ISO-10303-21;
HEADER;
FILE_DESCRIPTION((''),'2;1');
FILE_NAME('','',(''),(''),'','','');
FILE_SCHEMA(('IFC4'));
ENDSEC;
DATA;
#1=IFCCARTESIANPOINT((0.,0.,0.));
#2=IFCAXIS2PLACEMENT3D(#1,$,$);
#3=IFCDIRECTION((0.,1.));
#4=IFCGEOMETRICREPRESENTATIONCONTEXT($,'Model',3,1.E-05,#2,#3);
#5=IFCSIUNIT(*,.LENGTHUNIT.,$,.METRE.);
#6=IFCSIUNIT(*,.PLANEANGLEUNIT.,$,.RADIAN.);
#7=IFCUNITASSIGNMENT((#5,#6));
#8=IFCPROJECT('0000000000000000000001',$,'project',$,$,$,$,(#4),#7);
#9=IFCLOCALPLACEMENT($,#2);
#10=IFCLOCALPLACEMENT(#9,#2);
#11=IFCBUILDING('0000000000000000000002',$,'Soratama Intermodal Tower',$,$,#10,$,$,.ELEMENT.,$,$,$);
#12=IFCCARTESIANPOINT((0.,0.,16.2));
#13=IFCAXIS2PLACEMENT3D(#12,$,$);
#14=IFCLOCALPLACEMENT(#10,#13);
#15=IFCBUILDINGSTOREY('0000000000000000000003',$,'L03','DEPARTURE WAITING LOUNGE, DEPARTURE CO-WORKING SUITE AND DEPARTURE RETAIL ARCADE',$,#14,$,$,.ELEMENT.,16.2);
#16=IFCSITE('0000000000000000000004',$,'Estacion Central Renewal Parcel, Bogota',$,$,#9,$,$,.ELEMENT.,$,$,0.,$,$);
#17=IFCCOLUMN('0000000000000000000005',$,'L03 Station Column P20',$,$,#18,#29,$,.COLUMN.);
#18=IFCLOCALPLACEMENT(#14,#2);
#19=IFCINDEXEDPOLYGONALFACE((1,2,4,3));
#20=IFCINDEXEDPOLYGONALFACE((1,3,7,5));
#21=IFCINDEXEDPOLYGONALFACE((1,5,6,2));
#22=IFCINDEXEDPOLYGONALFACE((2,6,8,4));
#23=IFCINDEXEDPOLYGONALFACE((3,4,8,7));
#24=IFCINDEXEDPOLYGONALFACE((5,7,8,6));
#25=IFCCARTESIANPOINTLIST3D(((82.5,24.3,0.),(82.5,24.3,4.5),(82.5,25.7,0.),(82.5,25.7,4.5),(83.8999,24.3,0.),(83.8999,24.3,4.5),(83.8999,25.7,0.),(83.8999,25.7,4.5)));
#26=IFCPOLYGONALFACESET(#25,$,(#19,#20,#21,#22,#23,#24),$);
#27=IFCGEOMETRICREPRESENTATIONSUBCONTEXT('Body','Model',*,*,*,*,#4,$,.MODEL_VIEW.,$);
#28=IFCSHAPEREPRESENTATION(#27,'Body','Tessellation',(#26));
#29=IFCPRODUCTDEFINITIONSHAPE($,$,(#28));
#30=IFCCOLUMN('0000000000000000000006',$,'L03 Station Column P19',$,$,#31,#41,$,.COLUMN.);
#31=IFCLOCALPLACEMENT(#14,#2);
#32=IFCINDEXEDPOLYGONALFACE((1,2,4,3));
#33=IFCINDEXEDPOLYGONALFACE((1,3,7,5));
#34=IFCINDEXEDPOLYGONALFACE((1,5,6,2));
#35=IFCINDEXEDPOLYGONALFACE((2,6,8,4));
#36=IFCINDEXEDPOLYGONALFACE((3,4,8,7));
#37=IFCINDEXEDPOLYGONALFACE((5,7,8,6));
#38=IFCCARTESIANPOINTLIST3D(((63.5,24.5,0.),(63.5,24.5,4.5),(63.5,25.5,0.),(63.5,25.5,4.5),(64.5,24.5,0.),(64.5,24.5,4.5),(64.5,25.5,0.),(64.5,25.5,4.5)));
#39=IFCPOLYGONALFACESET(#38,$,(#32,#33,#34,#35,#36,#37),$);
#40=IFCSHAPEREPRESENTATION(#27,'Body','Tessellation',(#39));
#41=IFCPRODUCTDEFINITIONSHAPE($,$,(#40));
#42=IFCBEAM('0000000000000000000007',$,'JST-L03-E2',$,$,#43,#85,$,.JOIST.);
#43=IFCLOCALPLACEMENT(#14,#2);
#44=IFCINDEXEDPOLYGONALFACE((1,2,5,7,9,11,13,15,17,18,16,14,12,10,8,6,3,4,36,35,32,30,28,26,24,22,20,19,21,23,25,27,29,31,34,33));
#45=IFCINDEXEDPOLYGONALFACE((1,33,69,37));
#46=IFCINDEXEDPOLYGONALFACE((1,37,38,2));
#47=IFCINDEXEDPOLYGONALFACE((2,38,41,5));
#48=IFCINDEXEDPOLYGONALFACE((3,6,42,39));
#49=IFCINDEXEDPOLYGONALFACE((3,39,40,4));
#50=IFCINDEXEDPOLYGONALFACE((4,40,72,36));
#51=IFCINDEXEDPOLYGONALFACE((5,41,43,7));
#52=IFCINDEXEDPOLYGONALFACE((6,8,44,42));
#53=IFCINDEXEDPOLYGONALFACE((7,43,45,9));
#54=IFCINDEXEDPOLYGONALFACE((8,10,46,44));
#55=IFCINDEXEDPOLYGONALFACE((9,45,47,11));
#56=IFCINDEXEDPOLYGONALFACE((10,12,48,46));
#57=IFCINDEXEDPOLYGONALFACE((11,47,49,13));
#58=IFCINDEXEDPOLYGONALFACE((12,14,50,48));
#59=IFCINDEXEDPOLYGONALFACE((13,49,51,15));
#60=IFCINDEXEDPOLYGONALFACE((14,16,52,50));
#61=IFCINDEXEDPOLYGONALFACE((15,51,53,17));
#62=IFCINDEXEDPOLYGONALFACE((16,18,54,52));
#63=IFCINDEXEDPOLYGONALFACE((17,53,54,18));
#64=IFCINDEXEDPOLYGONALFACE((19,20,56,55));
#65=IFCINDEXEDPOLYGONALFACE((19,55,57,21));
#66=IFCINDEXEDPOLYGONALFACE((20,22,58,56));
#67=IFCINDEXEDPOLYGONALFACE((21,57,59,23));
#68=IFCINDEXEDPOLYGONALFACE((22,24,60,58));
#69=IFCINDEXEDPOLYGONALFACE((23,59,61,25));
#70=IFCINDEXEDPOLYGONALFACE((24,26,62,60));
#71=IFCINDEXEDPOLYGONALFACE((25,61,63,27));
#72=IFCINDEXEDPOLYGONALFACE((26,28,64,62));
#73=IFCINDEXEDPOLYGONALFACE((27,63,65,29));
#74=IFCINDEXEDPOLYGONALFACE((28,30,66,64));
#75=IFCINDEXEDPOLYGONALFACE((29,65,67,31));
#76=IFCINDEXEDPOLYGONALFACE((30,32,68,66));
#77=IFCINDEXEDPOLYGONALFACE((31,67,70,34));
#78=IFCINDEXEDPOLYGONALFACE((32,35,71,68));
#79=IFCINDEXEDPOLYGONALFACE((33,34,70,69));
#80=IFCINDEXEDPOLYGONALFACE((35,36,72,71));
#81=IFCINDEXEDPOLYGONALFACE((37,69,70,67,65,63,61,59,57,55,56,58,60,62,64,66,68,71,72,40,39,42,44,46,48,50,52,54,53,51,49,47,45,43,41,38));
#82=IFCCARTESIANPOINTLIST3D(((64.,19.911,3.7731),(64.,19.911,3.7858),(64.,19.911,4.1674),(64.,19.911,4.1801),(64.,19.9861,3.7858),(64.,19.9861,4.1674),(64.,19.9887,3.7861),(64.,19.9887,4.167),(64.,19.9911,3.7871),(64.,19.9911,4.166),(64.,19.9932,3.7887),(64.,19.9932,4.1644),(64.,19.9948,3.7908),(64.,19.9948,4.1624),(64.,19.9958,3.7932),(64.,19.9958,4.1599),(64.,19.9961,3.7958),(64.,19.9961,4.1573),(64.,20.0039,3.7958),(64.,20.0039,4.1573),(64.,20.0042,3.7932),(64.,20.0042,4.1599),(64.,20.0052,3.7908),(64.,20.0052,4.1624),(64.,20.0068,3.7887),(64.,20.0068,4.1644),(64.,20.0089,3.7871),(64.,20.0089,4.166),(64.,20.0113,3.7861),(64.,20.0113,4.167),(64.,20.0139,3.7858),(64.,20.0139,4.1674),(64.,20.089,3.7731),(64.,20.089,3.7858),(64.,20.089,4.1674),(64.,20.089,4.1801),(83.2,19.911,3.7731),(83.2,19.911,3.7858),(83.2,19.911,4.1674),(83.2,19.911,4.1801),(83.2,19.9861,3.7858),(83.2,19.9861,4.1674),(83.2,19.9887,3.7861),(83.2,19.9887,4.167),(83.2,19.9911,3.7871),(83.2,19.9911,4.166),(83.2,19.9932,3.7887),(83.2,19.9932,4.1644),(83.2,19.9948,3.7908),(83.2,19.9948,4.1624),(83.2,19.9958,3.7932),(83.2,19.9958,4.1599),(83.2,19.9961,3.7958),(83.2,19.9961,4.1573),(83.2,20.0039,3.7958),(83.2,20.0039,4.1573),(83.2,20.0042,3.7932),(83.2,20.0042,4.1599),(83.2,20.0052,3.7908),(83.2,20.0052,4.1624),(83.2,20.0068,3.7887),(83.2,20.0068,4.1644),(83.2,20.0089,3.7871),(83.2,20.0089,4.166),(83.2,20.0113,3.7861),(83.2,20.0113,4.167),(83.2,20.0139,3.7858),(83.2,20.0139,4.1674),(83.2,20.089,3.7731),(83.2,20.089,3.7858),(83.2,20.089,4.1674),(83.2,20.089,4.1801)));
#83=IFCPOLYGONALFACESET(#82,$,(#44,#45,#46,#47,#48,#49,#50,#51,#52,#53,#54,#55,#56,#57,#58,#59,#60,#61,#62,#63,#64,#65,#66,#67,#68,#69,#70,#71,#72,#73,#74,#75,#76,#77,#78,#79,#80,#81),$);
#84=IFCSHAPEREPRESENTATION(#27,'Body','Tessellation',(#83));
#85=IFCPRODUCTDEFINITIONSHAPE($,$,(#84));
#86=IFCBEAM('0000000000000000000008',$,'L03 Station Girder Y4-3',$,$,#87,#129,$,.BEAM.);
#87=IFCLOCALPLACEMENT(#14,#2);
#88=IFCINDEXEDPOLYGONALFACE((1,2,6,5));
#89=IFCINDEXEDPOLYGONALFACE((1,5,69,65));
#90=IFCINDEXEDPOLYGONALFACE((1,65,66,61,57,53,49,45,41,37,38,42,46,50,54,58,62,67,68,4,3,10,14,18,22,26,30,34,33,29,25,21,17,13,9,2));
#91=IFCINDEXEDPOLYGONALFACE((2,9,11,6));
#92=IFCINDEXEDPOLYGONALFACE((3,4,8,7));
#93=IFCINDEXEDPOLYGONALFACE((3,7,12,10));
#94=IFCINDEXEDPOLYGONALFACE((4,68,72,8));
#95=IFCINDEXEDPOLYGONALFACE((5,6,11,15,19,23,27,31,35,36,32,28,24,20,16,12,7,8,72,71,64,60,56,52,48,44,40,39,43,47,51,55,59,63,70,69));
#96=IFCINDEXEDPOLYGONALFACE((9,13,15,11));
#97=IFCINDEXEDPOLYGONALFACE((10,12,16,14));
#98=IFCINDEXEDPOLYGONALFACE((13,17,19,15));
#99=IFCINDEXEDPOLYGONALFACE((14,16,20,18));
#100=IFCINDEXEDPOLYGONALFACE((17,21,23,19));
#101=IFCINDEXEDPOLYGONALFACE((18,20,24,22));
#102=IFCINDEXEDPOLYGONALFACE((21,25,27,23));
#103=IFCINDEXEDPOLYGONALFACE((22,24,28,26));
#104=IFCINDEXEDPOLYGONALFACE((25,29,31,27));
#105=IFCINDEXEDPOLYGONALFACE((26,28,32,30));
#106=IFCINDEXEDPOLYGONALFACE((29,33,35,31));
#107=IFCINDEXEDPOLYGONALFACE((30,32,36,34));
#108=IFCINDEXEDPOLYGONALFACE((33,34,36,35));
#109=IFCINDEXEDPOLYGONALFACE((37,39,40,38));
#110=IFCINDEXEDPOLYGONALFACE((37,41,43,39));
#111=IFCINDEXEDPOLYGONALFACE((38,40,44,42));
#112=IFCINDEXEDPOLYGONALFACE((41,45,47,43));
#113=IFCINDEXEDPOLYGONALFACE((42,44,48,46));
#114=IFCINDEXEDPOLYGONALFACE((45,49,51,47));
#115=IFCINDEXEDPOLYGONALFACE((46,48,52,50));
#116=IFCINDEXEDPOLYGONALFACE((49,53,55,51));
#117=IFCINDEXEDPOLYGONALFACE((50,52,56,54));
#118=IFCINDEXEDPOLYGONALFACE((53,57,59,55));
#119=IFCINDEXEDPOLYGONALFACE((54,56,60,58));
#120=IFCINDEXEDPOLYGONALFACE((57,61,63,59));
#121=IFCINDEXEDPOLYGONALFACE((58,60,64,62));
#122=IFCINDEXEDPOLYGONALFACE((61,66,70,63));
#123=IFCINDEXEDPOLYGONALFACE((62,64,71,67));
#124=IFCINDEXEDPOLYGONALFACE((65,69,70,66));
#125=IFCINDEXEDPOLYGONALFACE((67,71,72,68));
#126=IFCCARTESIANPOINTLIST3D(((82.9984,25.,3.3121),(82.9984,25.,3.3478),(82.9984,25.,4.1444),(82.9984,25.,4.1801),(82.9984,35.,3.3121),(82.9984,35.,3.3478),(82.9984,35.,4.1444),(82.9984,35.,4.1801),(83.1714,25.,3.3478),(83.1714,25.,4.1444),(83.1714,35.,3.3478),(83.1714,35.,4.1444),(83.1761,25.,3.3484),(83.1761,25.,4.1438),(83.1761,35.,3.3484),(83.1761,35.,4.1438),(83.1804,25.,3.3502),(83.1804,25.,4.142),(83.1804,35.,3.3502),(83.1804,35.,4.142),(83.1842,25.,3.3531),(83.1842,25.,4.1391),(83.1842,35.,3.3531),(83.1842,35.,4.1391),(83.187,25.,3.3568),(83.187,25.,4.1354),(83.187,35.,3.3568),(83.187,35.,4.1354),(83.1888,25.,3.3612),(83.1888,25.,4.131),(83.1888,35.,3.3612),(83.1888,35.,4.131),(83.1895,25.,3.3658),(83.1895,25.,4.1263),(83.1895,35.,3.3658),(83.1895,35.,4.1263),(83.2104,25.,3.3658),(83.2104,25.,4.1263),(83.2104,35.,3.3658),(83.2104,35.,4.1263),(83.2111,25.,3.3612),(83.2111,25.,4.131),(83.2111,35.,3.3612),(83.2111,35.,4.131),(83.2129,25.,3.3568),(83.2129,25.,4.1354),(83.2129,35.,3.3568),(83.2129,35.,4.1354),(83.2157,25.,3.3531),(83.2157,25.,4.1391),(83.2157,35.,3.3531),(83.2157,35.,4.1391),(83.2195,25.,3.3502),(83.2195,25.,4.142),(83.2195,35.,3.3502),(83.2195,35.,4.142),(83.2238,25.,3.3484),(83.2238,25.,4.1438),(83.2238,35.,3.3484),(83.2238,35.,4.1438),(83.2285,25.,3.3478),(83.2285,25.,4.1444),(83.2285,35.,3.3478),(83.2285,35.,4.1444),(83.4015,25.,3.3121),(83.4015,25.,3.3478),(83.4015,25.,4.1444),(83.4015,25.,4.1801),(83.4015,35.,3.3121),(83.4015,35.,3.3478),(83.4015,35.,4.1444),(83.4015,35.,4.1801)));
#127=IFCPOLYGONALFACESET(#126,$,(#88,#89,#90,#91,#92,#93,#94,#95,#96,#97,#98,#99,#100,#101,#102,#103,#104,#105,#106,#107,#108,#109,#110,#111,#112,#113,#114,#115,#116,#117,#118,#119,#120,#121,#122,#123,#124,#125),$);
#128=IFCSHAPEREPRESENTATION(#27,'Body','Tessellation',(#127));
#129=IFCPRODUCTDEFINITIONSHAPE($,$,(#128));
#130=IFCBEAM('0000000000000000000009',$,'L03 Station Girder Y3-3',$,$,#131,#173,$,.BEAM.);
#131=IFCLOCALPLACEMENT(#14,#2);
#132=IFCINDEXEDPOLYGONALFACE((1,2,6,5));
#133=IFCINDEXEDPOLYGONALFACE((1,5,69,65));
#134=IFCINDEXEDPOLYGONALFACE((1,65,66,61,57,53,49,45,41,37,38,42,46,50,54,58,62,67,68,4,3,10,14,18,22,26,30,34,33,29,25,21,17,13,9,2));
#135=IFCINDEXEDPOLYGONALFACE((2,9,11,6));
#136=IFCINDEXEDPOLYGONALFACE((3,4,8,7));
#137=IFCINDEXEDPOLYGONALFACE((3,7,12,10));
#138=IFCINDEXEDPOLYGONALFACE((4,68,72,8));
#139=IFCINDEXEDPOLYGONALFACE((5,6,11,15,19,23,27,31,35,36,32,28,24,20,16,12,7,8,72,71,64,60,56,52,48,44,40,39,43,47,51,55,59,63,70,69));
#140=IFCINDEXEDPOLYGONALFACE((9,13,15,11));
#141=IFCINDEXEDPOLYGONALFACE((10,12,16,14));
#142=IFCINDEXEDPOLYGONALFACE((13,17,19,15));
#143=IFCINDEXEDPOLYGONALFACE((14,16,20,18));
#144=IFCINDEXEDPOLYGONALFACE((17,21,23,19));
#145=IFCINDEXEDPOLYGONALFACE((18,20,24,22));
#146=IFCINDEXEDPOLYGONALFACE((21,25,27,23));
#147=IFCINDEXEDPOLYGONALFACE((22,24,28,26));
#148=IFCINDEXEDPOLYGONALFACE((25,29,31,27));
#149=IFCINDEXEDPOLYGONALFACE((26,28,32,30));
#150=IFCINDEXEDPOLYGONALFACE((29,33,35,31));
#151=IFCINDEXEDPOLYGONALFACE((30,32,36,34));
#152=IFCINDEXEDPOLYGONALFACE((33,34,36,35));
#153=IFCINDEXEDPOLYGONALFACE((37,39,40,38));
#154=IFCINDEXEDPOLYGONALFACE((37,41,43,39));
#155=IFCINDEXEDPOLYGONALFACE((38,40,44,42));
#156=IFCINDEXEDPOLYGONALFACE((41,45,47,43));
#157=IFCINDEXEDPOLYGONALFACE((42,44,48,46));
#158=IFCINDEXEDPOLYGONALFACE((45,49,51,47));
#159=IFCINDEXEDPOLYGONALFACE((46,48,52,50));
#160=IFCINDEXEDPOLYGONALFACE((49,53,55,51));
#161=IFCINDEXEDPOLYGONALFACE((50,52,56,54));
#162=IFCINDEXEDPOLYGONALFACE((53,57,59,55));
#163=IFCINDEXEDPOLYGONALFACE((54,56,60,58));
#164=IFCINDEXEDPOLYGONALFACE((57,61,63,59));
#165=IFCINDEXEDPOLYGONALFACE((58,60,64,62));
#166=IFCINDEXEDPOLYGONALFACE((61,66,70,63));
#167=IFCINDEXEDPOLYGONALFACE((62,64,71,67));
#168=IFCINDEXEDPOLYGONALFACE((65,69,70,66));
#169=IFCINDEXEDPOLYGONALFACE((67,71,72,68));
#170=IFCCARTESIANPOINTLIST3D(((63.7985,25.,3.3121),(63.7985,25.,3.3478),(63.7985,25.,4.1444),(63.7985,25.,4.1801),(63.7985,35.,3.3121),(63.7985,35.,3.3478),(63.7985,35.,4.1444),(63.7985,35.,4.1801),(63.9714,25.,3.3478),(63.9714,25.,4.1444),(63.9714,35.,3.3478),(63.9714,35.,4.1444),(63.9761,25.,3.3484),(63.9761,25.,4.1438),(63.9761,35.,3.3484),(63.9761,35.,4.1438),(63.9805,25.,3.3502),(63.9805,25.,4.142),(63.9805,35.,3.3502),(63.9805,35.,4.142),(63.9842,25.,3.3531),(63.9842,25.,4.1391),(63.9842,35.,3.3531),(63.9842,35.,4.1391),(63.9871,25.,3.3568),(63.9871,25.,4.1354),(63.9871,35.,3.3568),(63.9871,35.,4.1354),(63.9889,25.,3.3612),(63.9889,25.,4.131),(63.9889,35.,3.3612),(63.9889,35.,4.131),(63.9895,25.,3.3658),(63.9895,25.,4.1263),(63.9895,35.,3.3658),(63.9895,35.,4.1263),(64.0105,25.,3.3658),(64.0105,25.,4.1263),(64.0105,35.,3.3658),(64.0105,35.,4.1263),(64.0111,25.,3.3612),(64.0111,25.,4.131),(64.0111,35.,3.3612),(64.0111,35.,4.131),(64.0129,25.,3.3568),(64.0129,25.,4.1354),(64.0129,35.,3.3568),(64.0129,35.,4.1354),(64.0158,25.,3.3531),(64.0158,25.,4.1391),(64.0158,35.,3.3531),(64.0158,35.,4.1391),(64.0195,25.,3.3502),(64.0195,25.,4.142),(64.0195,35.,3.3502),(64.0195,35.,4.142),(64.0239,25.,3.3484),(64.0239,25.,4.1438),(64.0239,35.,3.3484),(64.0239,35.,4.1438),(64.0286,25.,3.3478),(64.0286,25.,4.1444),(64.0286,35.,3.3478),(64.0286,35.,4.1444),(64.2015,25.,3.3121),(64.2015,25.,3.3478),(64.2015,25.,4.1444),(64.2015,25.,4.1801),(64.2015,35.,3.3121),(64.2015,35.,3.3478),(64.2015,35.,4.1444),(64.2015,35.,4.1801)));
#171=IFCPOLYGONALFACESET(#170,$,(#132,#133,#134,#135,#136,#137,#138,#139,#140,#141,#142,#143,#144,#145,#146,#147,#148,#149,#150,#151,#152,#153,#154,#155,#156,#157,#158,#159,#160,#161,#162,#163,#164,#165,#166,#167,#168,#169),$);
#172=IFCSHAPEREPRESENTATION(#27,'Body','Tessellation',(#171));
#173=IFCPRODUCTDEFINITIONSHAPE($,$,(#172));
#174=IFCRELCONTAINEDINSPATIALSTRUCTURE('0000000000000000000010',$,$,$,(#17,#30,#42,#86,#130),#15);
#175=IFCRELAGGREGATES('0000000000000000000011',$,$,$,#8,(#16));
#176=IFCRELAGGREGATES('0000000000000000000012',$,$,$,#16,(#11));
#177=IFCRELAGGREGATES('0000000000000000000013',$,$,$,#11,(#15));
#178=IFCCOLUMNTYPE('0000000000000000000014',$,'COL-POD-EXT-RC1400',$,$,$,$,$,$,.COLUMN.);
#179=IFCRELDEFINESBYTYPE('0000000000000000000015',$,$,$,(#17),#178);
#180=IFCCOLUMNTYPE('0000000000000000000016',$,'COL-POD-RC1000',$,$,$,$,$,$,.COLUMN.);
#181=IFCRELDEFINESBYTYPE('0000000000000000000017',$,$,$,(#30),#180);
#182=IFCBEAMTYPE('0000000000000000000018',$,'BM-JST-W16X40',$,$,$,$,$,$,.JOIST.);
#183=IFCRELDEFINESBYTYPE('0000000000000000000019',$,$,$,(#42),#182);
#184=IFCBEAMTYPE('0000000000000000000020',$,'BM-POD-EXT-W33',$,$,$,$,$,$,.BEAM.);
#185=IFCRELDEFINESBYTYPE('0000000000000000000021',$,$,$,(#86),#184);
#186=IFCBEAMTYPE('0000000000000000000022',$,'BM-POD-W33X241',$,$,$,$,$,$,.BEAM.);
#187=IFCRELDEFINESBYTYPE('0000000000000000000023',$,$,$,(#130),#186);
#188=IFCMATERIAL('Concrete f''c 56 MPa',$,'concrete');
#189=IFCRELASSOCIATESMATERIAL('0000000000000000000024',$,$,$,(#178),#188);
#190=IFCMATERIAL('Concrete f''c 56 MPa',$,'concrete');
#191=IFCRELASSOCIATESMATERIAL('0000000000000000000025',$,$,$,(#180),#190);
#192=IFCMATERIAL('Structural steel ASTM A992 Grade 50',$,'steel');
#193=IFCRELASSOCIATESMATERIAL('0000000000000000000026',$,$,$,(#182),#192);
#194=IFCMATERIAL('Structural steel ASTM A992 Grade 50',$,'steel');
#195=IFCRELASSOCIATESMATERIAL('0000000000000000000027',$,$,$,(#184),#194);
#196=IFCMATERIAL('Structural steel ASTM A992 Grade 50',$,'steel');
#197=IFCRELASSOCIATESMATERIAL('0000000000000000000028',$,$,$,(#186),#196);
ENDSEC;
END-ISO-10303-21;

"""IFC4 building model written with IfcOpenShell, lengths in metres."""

from ifc_helpers import new_model, si_unit, direction, frame, origin, origin_2d, place, context, subcontext, project, spatial, rectangle, i_section, extrude, material, material_profile, profile_set, type_object, element, save


model = new_model("IFC4")

# Units and contexts
model_context = context("Model", 3, precision=1e-05, world=origin(), true_north=direction((0.0, 1.0)))
body_context = subcontext(model_context, "Body", "Model", "MODEL_VIEW")
ifc_project = project(units=[si_unit("LENGTHUNIT", "METRE"), si_unit("PLANEANGLEUNIT", "RADIAN")], contexts=[model_context])

# Site, building, storey
site_placement = place(None, origin())
site = spatial("IfcSite", under=ifc_project, at=site_placement, Name="Estacion Central Renewal Parcel, Bogota", CompositionType="ELEMENT", RefElevation=0.0)
building_placement = place(site_placement, origin())
building = spatial("IfcBuilding", under=site, at=building_placement, Name="Soratama Intermodal Tower", CompositionType="ELEMENT")
storey_placement = place(building_placement, frame((0.0, 0.0, 16.2)))
storey = spatial("IfcBuildingStorey", under=building, at=storey_placement, Name="L03", Description="DEPARTURE WAITING LOUNGE, DEPARTURE CO-WORKING SUITE AND DEPARTURE RETAIL ARCADE", CompositionType="ELEMENT", Elevation=16.2)

# Columns
ifc_material_1 = material(Name="Concrete f'c 56 MPa", Category="concrete")
ifc_material_profile_1 = material_profile(ifc_material_1, rectangle(XDim=1.3999, YDim=1.3999, at=origin_2d()), Name="RC1400X1400")
ifc_profile_set_1 = profile_set([ifc_material_profile_1], Name="Concrete f'c 56 MPa")
column_type_1 = type_object("IfcColumnType", Name="COL-POD-EXT-RC1400", PredefinedType="COLUMN", material=ifc_profile_set_1)
column_1_placement = place(storey_placement, frame((83.2, 25.0, 0.0), z_axis=(0.0, 0.0, 1.0), x_axis=(1.0, 0.0, 0.0)))
element("IfcColumn", 1, at=column_1_placement, inside=storey, type_object=column_type_1, Name="L03 Station Column P20", PredefinedType="COLUMN", context=body_context, shape_type="SweptSolid", body=[
    extrude(rectangle(XDim=1.3999, YDim=1.3999, at=origin_2d()), origin(), (0.0, 0.0, 1.0), 4.5),
])
ifc_material_2 = material(Name="Concrete f'c 56 MPa", Category="concrete")
ifc_material_profile_2 = material_profile(ifc_material_2, rectangle(XDim=1.0, YDim=1.0, at=origin_2d()), Name="RC1000X1000")
ifc_profile_set_2 = profile_set([ifc_material_profile_2], Name="Concrete f'c 56 MPa")
column_type_2 = type_object("IfcColumnType", Name="COL-POD-RC1000", PredefinedType="COLUMN", material=ifc_profile_set_2)
column_2_placement = place(storey_placement, frame((64.0, 25.0, 0.0), z_axis=(0.0, 0.0, 1.0), x_axis=(1.0, 0.0, 0.0)))
element("IfcColumn", 2, at=column_2_placement, inside=storey, type_object=column_type_2, Name="L03 Station Column P19", PredefinedType="COLUMN", context=body_context, shape_type="SweptSolid", body=[
    extrude(rectangle(XDim=1.0, YDim=1.0, at=origin_2d()), origin(), (0.0, 0.0, 1.0), 4.5),
])

# Beams
ifc_material_3 = material(Name="Structural steel ASTM A992 Grade 50", Category="steel")
ifc_material_profile_3 = material_profile(ifc_material_3, i_section(OverallWidth=0.178, OverallDepth=0.407, WebThickness=0.0078, FlangeThickness=0.0127, FilletRadius=0.01, at=origin_2d()), Name="W16X40")
ifc_profile_set_3 = profile_set([ifc_material_profile_3], Name="Structural steel ASTM A992 Grade 50")
beam_type_1 = type_object("IfcBeamType", Name="BM-JST-W16X40", PredefinedType="JOIST", material=ifc_profile_set_3)
beam_1_placement = place(storey_placement, frame((64.0, 20.0, 3.9766), z_axis=(1.0, 0.0, 0.0), x_axis=(0.0, 1.0, 0.0)))
element("IfcBeam", 3, at=beam_1_placement, inside=storey, type_object=beam_type_1, Name="JST-L03-E2", PredefinedType="JOIST", context=body_context, shape_type="SweptSolid", body=[
    extrude(i_section(OverallWidth=0.178, OverallDepth=0.407, WebThickness=0.0078, FlangeThickness=0.0127, FilletRadius=0.01, at=origin_2d()), origin(), (0.0, 0.0, 1.0), 19.2),
])
ifc_material_4 = material(Name="Structural steel ASTM A992 Grade 50", Category="steel")
ifc_material_profile_4 = material_profile(ifc_material_4, i_section(OverallWidth=0.4031, OverallDepth=0.8679, WebThickness=0.021, FlangeThickness=0.0356, FilletRadius=0.0181, at=origin_2d()), Name="W33X241")
ifc_profile_set_4 = profile_set([ifc_material_profile_4], Name="Structural steel ASTM A992 Grade 50")
beam_type_2 = type_object("IfcBeamType", Name="BM-POD-EXT-W33", PredefinedType="BEAM", material=ifc_profile_set_4)
beam_2_placement = place(storey_placement, frame((83.2, 25.0, 3.7461), z_axis=(0.0, 1.0, 0.0), x_axis=(-1.0, 0.0, 0.0)))
element("IfcBeam", 4, at=beam_2_placement, inside=storey, type_object=beam_type_2, Name="L03 Station Girder Y4-3", PredefinedType="BEAM", context=body_context, shape_type="SweptSolid", body=[
    extrude(i_section(OverallWidth=0.4031, OverallDepth=0.8679, WebThickness=0.021, FlangeThickness=0.0356, FilletRadius=0.0181, at=origin_2d()), origin(), (0.0, 0.0, 1.0), 10.0),
])
ifc_material_5 = material(Name="Structural steel ASTM A992 Grade 50", Category="steel")
ifc_material_profile_5 = material_profile(ifc_material_5, i_section(OverallWidth=0.4031, OverallDepth=0.8679, WebThickness=0.021, FlangeThickness=0.0356, FilletRadius=0.0181, at=origin_2d()), Name="W33X241")
ifc_profile_set_5 = profile_set([ifc_material_profile_5], Name="Structural steel ASTM A992 Grade 50")
beam_type_3 = type_object("IfcBeamType", Name="BM-POD-W33X241", PredefinedType="BEAM", material=ifc_profile_set_5)
beam_3_placement = place(storey_placement, frame((64.0, 25.0, 3.7461), z_axis=(0.0, 1.0, 0.0), x_axis=(-1.0, 0.0, 0.0)))
element("IfcBeam", 5, at=beam_3_placement, inside=storey, type_object=beam_type_3, Name="L03 Station Girder Y3-3", PredefinedType="BEAM", context=body_context, shape_type="SweptSolid", body=[
    extrude(i_section(OverallWidth=0.4031, OverallDepth=0.8679, WebThickness=0.021, FlangeThickness=0.0356, FilletRadius=0.0181, at=origin_2d()), origin(), (0.0, 0.0, 1.0), 10.0),
])

save(model, "model.ifc")
